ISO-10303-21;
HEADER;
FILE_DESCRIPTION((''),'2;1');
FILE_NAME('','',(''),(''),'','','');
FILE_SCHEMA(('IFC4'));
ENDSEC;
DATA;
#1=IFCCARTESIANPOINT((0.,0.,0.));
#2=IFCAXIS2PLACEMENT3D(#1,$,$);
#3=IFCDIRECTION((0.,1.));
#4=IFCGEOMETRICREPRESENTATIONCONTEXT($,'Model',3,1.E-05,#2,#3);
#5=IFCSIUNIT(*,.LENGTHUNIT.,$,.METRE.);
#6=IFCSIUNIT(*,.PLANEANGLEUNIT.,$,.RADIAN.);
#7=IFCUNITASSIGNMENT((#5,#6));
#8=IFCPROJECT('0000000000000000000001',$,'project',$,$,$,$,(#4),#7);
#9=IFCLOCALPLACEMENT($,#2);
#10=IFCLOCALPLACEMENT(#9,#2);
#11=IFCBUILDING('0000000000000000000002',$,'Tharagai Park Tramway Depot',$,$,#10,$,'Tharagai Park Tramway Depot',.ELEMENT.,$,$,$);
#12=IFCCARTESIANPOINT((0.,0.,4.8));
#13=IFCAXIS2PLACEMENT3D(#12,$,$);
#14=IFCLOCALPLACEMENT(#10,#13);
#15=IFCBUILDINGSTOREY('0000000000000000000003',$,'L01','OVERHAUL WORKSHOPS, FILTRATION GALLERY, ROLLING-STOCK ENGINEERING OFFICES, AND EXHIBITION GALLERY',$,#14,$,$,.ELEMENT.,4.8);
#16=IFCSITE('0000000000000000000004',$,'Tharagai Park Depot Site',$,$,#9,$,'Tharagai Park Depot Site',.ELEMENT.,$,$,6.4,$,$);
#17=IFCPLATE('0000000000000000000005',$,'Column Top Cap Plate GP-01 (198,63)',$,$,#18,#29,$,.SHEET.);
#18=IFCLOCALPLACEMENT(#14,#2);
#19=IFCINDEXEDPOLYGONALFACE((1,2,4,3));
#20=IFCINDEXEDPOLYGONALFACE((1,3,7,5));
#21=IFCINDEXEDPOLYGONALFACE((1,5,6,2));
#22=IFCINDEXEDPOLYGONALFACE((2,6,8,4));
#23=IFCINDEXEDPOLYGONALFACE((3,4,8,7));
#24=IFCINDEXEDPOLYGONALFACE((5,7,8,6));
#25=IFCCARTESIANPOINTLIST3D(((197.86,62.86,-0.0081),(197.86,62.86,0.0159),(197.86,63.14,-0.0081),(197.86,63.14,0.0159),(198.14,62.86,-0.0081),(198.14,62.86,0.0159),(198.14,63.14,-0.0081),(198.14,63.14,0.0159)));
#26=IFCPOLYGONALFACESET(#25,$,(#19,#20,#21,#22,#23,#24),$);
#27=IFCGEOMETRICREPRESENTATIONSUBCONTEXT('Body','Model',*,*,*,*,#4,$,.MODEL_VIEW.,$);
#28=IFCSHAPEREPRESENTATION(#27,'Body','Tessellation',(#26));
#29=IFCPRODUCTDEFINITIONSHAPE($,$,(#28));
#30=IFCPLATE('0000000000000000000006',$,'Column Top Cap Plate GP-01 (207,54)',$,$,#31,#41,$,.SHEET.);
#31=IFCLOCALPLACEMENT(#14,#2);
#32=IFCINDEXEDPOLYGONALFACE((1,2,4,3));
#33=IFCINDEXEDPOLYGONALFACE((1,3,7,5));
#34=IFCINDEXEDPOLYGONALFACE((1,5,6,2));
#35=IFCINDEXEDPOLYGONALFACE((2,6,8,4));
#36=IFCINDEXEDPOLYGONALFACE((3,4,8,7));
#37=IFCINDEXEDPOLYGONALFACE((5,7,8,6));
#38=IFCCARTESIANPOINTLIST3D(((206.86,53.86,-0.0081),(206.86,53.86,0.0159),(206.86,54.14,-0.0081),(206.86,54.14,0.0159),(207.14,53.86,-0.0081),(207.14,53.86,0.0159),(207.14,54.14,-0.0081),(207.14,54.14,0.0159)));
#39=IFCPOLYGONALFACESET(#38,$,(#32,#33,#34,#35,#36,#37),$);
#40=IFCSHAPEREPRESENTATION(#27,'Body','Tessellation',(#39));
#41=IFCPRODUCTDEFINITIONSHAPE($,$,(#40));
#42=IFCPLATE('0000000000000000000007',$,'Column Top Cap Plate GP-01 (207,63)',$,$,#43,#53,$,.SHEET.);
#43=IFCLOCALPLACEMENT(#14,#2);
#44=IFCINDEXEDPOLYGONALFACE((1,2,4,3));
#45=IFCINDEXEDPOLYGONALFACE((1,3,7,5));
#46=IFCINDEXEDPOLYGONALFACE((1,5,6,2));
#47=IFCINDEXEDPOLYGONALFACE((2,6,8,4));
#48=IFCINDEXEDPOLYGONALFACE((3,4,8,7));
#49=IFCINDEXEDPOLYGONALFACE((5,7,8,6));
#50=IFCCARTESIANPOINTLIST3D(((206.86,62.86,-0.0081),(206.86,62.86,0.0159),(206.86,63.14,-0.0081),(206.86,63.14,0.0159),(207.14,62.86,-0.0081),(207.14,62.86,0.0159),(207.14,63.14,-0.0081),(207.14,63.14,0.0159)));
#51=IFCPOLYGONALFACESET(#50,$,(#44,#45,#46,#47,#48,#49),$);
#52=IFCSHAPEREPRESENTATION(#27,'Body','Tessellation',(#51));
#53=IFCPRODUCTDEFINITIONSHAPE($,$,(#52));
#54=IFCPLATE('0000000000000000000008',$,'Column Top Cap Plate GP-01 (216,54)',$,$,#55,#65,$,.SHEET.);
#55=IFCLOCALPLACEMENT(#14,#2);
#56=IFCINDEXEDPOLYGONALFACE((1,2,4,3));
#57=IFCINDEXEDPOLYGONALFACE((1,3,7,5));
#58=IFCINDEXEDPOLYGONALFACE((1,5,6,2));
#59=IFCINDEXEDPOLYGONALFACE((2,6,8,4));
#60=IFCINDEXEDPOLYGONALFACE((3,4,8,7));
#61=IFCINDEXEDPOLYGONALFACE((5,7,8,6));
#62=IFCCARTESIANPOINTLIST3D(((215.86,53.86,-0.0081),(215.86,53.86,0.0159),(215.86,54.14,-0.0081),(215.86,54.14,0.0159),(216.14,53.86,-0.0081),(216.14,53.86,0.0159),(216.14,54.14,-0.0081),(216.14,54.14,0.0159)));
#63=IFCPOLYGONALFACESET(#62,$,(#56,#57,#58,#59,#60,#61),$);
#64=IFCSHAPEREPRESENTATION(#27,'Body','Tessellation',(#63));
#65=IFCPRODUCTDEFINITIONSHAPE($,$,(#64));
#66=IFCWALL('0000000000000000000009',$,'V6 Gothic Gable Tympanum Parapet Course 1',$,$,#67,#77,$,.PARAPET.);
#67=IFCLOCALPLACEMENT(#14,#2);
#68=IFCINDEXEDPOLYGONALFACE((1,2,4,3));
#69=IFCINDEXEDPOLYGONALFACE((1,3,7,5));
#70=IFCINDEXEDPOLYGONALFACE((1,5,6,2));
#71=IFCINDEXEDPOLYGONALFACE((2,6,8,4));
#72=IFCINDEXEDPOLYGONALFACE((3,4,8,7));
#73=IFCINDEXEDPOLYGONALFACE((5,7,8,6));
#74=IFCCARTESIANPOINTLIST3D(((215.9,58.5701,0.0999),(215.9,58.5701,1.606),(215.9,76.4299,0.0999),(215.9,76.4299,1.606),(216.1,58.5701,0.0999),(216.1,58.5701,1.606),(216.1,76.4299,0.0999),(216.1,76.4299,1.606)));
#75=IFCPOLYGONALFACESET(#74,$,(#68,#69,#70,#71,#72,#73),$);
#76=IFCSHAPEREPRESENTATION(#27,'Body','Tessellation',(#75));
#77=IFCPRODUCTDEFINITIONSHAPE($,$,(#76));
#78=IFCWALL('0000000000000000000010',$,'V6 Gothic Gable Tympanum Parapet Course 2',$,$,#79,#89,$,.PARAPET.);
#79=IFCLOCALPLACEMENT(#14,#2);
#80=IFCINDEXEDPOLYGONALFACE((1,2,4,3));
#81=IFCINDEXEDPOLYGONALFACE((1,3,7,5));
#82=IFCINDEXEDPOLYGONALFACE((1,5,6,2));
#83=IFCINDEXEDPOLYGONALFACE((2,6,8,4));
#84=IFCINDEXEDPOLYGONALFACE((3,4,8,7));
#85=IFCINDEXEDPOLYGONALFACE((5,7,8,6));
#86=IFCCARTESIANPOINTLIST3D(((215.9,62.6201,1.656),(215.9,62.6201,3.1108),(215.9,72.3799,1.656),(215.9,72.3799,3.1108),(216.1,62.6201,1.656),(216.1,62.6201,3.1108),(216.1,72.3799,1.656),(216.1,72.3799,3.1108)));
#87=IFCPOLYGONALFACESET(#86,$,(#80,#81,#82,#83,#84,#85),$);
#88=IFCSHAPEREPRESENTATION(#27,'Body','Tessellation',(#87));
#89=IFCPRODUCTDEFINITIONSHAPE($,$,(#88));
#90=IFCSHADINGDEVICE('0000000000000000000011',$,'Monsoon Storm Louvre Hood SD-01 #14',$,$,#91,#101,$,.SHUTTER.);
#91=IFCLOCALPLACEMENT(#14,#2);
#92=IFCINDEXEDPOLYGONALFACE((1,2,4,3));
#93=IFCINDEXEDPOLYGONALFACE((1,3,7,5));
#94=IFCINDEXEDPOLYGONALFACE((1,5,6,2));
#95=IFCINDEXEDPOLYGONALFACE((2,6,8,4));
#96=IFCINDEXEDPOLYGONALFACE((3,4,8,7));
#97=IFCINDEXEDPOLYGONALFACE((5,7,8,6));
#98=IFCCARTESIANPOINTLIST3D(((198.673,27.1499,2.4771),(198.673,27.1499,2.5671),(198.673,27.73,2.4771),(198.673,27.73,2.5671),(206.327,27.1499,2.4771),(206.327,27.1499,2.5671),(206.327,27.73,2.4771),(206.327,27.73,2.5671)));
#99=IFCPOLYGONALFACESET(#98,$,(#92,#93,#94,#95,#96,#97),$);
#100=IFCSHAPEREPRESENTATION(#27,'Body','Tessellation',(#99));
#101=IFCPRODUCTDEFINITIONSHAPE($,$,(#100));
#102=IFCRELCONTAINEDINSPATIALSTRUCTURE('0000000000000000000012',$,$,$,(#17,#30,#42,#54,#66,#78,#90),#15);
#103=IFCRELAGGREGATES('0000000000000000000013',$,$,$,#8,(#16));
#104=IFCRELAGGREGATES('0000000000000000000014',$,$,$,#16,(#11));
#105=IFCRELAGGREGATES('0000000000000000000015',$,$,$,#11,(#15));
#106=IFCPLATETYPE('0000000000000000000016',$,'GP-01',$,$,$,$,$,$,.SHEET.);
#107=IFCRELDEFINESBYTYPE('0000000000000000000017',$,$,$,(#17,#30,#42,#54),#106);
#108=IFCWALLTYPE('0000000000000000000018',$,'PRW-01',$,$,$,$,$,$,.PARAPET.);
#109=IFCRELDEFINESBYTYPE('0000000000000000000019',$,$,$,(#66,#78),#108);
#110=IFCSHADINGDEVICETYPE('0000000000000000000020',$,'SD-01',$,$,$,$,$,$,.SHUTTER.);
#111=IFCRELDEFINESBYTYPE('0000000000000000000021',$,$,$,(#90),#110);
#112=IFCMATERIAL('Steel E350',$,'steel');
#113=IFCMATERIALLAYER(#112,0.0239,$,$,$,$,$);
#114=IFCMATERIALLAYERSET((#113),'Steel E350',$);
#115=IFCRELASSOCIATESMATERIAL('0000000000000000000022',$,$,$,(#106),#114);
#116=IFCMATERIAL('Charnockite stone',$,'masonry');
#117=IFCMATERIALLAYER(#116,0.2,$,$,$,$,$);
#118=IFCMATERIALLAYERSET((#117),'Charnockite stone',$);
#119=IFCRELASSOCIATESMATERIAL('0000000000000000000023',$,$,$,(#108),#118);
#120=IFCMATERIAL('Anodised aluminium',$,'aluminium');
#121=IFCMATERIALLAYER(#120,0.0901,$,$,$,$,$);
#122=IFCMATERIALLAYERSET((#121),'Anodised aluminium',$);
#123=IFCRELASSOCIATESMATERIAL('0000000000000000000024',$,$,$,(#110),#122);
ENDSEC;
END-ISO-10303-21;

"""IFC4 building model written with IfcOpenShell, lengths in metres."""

from ifc_helpers import new_model, si_unit, direction, frame, frame_2d, origin, origin_2d, place, context, subcontext, project, spatial, rectangle, extrude, material, layer, layer_set, type_object, element, save


model = new_model("IFC4")

# Units and contexts
model_context = context("Model", 3, precision=1e-05, world=origin(), true_north=direction((0.0, 1.0)))
body_context = subcontext(model_context, "Body", "Model", "MODEL_VIEW")
ifc_project = project(units=[si_unit("LENGTHUNIT", "METRE"), si_unit("PLANEANGLEUNIT", "RADIAN")], contexts=[model_context])

# Site, building, storey
site_placement = place(None, origin())
site = spatial("IfcSite", under=ifc_project, at=site_placement, Name="Tharagai Park Depot Site", LongName="Tharagai Park Depot Site", CompositionType="ELEMENT", RefElevation=6.4)
building_placement = place(site_placement, origin())
building = spatial("IfcBuilding", under=site, at=building_placement, Name="Tharagai Park Tramway Depot", LongName="Tharagai Park Tramway Depot", CompositionType="ELEMENT")
storey_placement = place(building_placement, frame((0.0, 0.0, 4.8)))
storey = spatial("IfcBuildingStorey", under=building, at=storey_placement, Name="L01", Description="OVERHAUL WORKSHOPS, FILTRATION GALLERY, ROLLING-STOCK ENGINEERING OFFICES, AND EXHIBITION GALLERY", CompositionType="ELEMENT", Elevation=4.8)

# Shared definitions
ifc_material_1 = material(Name="Steel E350", Category="steel")

# Shared definitions
ifc_material_2 = material(Name="Anodised aluminium", Category="aluminium")

# Plates
ifc_layer_1 = layer(ifc_material_1, 0.0239)
ifc_layer_set_1 = layer_set([ifc_layer_1], Name="Steel E350")
plate_type_1 = type_object("IfcPlateType", Name="GP-01", PredefinedType="SHEET", material=ifc_layer_set_1)
for number, where, z_axis, x_axis, name in (
    (1, (198.0, 63.0, -0.0081), (0.0, 0.0, 1.0), (1.0, 0.0, 0.0), "Column Top Cap Plate GP-01 (198,63)"),
    (2, (207.0, 54.0, -0.0081), (0.0, 0.0, 1.0), (1.0, 0.0, 0.0), "Column Top Cap Plate GP-01 (207,54)"),
    (3, (207.0, 63.0, -0.0081), (0.0, 0.0, 1.0), (1.0, 0.0, 0.0), "Column Top Cap Plate GP-01 (207,63)"),
    (4, (216.0, 54.0, -0.0081), (0.0, 0.0, 1.0), (1.0, 0.0, 0.0), "Column Top Cap Plate GP-01 (216,54)"),
):
    element("IfcPlate", number, at=place(storey_placement, frame(where, z_axis=z_axis, x_axis=x_axis)), inside=storey, type_object=plate_type_1, Name=name, PredefinedType="SHEET", context=body_context, shape_type="SweptSolid", body=[
        extrude(rectangle(XDim=0.28, YDim=0.28, at=origin_2d()), origin(), (0.0, 0.0, 1.0), 0.0239),
    ])

# Walls
ifc_material_3 = material(Name="Charnockite stone", Category="masonry")
ifc_layer_2 = layer(ifc_material_3, 0.2)
ifc_layer_set_2 = layer_set([ifc_layer_2], Name="Charnockite stone")
wall_type = type_object("IfcWallType", Name="PRW-01", PredefinedType="PARAPET", material=ifc_layer_set_2)
wall_1_placement = place(storey_placement, frame((216.0, 58.5701, 0.0999), z_axis=(0.0, 0.0, 1.0), x_axis=(0.0, 1.0, 0.0)))
element("IfcWall", 5, at=wall_1_placement, inside=storey, type_object=wall_type, Name="V6 Gothic Gable Tympanum Parapet Course 1", PredefinedType="PARAPET", context=body_context, shape_type="SweptSolid", body=[
    extrude(rectangle(XDim=17.8599, YDim=0.2, at=frame_2d((8.9299, 0.0))), origin(), (0.0, 0.0, 1.0), 1.5061),
])
wall_2_placement = place(storey_placement, frame((216.0, 62.6201, 1.656), z_axis=(0.0, 0.0, 1.0), x_axis=(0.0, 1.0, 0.0)))
element("IfcWall", 6, at=wall_2_placement, inside=storey, type_object=wall_type, Name="V6 Gothic Gable Tympanum Parapet Course 2", PredefinedType="PARAPET", context=body_context, shape_type="SweptSolid", body=[
    extrude(rectangle(XDim=9.7598, YDim=0.2, at=frame_2d((4.8799, 0.0))), origin(), (0.0, 0.0, 1.0), 1.4548),
])

# Shading device
ifc_layer_3 = layer(ifc_material_2, 0.0901)
ifc_layer_set_3 = layer_set([ifc_layer_3], Name="Anodised aluminium")
shading_device_type = type_object("IfcShadingDeviceType", Name="SD-01", PredefinedType="SHUTTER", material=ifc_layer_set_3)
shading_device_placement = place(storey_placement, frame((202.5, 27.4399, 2.4771), z_axis=(0.0, 0.0, 1.0), x_axis=(1.0, 0.0, 0.0)))
element("IfcShadingDevice", 7, at=shading_device_placement, inside=storey, type_object=shading_device_type, Name="Monsoon Storm Louvre Hood SD-01 #14", PredefinedType="SHUTTER", context=body_context, shape_type="SweptSolid", body=[
    extrude(rectangle(XDim=7.6541, YDim=0.5801, at=origin_2d()), origin(), (0.0, 0.0, 1.0), 0.0901),
])

save(model, "model.ifc")
